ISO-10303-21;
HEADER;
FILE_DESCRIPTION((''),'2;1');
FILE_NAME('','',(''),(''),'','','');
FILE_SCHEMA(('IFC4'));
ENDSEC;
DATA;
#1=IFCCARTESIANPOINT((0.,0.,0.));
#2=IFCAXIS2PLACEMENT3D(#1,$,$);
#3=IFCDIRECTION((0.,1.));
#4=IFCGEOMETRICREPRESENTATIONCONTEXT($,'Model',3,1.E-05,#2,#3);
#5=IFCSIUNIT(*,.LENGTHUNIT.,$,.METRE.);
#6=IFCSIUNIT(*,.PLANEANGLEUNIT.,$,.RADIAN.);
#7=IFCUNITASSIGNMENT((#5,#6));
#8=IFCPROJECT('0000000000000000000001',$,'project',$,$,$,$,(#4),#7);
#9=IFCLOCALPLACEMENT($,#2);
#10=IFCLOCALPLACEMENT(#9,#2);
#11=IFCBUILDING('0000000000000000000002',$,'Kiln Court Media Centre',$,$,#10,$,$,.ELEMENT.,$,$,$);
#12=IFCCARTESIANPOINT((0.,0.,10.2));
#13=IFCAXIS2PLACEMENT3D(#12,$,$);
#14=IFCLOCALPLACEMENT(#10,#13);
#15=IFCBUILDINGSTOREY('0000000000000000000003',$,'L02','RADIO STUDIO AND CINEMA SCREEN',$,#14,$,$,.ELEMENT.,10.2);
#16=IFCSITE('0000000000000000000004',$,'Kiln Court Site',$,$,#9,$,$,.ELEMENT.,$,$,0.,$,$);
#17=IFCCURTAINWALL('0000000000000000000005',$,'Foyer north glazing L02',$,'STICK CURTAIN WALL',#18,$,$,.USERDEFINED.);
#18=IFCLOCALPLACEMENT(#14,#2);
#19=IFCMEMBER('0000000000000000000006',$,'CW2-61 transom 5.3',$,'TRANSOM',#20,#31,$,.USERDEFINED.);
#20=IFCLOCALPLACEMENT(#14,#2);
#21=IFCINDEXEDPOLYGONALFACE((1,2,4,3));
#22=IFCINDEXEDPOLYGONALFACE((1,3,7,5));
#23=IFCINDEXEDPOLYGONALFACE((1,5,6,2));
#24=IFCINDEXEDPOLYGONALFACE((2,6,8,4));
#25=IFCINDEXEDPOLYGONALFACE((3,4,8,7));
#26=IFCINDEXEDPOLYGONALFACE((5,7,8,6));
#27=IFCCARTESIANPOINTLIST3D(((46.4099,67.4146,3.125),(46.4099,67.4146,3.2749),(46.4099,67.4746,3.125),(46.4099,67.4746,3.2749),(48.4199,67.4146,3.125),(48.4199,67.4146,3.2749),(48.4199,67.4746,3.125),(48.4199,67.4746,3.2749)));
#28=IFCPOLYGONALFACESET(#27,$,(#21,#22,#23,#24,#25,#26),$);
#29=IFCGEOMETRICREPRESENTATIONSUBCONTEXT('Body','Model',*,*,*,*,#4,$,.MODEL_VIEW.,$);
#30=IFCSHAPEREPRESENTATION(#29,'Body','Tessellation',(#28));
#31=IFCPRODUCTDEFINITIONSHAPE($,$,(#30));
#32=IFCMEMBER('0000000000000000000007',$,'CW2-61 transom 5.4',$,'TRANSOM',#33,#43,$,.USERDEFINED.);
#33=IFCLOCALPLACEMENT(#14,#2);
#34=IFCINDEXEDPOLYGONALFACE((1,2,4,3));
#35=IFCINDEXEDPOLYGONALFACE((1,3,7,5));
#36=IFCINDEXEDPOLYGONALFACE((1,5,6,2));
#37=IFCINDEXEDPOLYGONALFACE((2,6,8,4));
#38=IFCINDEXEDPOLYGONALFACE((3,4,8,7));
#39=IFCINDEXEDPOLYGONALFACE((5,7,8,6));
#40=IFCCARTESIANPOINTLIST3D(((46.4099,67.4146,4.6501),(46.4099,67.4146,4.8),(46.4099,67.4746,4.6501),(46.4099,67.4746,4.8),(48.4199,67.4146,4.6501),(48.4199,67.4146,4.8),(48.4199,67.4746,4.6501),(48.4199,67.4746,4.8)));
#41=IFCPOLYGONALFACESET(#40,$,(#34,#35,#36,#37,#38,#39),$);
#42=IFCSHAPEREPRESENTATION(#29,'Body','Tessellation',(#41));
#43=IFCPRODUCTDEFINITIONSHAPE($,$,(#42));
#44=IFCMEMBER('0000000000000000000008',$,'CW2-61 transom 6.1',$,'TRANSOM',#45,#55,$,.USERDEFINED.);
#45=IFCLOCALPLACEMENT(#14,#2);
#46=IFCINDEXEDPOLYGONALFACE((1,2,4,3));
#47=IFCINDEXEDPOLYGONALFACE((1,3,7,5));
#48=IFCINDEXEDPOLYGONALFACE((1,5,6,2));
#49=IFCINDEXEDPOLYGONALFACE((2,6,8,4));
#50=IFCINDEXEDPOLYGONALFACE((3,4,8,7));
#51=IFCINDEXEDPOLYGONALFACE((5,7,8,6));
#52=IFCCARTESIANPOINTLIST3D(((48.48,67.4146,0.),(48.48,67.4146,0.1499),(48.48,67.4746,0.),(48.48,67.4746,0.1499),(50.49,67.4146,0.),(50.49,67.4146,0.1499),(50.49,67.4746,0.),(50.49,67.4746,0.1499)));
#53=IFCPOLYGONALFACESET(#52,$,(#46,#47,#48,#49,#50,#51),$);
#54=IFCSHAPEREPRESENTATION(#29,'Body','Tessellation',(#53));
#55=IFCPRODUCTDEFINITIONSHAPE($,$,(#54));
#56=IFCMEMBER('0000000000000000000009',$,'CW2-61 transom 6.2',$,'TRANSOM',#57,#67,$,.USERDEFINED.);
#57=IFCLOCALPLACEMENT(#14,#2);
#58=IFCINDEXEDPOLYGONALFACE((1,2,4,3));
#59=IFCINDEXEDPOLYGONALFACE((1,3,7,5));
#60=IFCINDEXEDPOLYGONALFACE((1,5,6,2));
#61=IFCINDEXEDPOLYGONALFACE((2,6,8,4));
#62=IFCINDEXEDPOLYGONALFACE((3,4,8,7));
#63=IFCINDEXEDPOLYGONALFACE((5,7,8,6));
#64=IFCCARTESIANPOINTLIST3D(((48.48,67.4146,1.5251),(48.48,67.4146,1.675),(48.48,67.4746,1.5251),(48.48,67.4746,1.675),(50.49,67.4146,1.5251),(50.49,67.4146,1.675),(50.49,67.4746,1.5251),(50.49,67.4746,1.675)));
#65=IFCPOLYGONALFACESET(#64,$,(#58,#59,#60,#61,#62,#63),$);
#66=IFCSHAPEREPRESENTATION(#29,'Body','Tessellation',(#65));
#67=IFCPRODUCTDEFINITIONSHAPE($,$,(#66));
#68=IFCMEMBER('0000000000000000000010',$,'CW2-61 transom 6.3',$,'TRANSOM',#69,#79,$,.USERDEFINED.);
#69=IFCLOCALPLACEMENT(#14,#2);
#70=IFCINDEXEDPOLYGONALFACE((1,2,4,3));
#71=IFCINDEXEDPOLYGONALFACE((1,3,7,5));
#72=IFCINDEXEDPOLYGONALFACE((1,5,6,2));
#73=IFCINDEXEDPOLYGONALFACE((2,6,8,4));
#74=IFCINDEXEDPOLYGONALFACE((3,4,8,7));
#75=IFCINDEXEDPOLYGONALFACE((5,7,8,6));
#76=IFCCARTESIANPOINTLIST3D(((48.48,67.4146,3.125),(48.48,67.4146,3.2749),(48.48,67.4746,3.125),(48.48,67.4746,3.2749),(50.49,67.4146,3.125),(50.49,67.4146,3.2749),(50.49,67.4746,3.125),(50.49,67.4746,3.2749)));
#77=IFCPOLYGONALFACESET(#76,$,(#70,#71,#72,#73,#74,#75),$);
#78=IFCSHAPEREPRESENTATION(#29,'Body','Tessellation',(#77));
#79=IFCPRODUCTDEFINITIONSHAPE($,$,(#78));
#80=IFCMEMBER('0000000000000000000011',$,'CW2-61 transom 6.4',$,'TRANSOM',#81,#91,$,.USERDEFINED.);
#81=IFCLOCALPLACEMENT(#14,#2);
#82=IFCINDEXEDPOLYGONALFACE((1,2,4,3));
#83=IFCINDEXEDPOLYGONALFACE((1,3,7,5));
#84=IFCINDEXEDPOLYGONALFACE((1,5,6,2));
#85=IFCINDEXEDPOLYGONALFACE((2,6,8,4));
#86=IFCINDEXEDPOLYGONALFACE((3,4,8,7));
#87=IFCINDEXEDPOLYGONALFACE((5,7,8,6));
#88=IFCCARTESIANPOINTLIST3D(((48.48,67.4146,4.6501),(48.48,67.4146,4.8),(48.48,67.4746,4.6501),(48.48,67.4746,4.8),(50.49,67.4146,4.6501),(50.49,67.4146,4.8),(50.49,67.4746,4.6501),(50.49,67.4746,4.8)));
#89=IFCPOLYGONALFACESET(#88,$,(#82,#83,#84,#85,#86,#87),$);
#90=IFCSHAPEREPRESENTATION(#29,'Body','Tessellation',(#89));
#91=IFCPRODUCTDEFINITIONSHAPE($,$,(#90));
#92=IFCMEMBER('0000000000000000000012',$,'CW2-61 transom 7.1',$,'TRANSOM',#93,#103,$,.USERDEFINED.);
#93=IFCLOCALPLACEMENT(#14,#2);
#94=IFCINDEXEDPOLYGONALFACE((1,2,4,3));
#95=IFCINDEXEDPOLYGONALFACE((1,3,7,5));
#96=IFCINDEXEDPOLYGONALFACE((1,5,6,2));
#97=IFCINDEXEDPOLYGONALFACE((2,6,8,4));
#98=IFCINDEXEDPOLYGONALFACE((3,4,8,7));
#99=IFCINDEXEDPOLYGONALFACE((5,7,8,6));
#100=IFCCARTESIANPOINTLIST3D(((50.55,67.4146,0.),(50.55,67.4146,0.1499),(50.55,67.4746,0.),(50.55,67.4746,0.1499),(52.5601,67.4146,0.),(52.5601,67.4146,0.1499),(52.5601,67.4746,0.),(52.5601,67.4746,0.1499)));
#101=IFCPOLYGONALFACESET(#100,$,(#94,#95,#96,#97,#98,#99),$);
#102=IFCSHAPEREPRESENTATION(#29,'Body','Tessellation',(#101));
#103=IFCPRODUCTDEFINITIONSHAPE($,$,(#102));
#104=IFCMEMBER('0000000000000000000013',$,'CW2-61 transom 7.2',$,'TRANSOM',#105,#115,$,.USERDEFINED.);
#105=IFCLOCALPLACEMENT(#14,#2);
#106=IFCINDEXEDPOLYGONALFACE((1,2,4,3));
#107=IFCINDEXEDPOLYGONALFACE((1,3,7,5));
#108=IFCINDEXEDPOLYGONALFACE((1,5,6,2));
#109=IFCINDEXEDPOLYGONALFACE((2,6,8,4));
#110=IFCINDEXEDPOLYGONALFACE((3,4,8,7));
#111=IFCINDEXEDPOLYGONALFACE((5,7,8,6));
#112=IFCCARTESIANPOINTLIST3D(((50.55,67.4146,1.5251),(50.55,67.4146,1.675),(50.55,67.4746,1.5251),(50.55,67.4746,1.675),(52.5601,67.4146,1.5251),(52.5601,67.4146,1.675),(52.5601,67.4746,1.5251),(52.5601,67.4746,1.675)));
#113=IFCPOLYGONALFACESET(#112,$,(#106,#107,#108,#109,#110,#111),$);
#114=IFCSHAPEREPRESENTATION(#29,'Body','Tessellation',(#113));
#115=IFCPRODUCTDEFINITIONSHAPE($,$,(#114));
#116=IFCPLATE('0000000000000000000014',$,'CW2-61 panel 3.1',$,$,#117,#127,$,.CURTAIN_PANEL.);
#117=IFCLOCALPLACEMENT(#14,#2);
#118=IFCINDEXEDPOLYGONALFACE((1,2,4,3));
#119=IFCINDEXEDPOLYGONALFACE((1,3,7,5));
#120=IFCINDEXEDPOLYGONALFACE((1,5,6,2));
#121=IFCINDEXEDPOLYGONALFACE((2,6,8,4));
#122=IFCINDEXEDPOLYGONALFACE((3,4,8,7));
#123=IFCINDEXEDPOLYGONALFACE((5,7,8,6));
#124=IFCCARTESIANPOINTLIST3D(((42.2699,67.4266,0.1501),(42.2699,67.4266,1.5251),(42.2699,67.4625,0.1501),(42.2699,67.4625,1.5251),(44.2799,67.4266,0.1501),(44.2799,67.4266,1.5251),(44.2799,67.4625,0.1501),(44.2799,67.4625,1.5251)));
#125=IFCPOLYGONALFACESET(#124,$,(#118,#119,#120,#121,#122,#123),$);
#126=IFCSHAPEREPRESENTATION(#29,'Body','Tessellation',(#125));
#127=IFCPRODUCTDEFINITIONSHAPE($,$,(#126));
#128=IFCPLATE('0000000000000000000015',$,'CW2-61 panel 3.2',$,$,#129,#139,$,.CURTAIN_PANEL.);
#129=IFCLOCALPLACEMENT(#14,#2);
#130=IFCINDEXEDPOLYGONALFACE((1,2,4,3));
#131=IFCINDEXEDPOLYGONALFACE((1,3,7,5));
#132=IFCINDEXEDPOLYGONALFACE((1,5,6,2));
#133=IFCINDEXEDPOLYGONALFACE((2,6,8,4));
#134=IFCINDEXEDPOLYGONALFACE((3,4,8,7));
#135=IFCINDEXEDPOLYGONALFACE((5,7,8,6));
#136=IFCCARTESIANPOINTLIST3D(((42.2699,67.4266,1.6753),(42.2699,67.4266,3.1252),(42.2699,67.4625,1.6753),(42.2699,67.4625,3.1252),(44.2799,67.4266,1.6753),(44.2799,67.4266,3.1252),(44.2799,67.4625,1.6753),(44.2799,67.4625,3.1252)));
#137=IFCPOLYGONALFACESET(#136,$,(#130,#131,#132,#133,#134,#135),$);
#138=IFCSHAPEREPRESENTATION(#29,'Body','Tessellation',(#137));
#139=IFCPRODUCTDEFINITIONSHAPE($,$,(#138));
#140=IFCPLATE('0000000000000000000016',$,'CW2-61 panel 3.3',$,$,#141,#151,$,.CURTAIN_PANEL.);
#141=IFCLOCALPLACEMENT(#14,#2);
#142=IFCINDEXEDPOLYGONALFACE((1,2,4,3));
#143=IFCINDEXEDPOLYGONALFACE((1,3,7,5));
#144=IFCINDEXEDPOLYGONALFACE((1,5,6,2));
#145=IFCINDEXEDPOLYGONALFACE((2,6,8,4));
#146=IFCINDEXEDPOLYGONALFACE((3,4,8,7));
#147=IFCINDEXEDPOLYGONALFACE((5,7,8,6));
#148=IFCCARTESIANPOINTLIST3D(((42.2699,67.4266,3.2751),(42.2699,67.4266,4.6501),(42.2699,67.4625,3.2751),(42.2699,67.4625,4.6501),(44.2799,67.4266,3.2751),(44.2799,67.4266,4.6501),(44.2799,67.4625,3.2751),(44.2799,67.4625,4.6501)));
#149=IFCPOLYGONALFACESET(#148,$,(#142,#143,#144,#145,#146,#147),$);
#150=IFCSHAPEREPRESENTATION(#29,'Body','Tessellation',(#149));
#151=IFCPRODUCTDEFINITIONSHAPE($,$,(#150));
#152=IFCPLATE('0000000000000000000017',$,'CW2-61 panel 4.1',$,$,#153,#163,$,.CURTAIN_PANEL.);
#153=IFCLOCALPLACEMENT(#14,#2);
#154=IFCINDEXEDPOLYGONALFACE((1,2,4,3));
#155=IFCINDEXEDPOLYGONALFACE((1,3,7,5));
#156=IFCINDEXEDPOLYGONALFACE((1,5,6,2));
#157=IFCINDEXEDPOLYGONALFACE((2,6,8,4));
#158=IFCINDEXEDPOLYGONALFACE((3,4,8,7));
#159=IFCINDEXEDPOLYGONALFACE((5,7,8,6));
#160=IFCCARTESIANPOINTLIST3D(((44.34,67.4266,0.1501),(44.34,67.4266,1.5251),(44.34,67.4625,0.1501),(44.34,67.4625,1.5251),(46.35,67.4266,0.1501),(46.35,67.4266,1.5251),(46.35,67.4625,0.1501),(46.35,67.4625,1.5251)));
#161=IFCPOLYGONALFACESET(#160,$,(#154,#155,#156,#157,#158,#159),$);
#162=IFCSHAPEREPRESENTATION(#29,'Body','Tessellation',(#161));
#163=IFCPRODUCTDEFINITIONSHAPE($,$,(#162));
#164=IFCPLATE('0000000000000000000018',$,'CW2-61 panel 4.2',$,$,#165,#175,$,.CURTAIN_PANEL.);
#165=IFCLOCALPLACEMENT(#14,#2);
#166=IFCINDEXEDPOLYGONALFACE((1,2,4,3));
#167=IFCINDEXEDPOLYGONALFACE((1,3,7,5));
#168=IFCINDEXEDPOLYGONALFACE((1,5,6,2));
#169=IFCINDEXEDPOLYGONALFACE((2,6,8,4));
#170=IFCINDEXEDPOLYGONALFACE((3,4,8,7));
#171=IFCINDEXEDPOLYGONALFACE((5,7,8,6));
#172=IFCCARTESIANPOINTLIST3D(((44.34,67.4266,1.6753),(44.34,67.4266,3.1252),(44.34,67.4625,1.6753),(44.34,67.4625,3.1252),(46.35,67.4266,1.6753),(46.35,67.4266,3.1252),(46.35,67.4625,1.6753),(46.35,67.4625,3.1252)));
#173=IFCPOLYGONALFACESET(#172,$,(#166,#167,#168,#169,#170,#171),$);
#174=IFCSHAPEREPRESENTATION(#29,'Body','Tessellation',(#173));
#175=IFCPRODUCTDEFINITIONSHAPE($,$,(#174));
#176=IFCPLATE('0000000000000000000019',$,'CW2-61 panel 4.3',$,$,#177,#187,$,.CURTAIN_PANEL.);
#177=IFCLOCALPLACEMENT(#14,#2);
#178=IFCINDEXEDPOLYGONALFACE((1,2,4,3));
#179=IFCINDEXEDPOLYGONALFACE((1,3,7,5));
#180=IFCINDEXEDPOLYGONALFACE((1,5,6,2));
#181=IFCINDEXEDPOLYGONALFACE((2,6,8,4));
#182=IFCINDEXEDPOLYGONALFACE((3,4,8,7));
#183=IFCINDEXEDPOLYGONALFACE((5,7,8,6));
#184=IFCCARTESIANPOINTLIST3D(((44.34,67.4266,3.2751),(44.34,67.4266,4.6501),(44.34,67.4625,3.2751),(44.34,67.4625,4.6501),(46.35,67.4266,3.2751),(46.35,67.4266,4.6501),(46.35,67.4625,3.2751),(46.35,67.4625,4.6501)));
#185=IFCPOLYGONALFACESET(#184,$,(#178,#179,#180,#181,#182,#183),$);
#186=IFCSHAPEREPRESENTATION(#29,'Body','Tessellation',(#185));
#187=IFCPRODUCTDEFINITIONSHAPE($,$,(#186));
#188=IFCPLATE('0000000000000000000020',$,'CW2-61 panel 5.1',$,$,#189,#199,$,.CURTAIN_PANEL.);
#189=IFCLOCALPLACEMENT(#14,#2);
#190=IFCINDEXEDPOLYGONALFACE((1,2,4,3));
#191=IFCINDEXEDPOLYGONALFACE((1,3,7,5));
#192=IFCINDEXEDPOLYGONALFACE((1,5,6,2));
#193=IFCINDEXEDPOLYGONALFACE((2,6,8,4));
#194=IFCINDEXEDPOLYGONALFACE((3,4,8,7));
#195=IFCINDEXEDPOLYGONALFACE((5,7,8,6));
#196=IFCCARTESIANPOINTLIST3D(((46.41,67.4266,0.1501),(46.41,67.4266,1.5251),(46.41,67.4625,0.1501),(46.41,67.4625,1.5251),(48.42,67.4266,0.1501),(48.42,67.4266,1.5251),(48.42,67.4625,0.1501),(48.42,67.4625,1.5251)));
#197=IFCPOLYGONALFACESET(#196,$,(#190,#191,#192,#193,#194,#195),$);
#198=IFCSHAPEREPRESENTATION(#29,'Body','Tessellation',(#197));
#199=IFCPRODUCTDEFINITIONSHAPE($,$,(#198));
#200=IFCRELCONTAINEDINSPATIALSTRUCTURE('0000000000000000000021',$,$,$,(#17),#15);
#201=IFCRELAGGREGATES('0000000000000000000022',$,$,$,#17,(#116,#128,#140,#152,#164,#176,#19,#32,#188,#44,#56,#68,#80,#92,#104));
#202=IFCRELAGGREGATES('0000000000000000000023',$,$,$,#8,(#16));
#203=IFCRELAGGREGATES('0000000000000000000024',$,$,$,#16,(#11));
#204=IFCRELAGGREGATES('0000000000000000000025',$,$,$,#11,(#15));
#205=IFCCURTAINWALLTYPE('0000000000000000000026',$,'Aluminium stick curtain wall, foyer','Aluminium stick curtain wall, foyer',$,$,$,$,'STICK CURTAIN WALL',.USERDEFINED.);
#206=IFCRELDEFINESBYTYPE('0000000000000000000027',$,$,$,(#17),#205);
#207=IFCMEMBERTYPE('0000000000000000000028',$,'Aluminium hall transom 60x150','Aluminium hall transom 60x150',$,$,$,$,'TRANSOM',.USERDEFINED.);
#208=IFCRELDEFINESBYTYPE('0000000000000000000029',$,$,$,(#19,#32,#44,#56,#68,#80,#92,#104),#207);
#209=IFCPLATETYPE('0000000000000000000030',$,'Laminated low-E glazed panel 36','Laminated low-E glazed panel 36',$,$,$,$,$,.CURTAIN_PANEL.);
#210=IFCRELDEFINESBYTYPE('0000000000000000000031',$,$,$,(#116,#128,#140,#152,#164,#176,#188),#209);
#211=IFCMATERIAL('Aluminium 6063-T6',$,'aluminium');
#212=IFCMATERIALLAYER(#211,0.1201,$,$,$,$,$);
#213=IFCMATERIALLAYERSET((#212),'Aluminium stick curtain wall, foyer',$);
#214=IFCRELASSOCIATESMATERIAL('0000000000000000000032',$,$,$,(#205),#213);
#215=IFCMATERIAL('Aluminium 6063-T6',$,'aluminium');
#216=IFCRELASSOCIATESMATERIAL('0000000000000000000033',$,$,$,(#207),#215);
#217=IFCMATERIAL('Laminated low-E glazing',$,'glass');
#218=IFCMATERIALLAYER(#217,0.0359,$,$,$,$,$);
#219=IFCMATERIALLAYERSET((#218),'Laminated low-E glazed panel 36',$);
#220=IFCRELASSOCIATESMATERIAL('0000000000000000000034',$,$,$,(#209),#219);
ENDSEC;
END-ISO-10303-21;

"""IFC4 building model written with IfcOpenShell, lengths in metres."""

from ifc_helpers import new_model, si_unit, direction, frame, origin, origin_2d, place, context, subcontext, project, spatial, rectangle, extrude, material, layer, layer_set, material_profile, profile_set, type_object, element, aggregate, save


model = new_model("IFC4")

# Units and contexts
model_context = context("Model", 3, precision=1e-05, world=origin(), true_north=direction((0.0, 1.0)))
body_context = subcontext(model_context, "Body", "Model", "MODEL_VIEW")
ifc_project = project(units=[si_unit("LENGTHUNIT", "METRE"), si_unit("PLANEANGLEUNIT", "RADIAN")], contexts=[model_context])

# Site, building, storey
site_placement = place(None, origin())
site = spatial("IfcSite", under=ifc_project, at=site_placement, Name="Kiln Court Site", CompositionType="ELEMENT", RefElevation=0.0)
building_placement = place(site_placement, origin())
building = spatial("IfcBuilding", under=site, at=building_placement, Name="Kiln Court Media Centre", CompositionType="ELEMENT")
storey_placement = place(building_placement, frame((0.0, 0.0, 10.2)))
storey = spatial("IfcBuildingStorey", under=building, at=storey_placement, Name="L02", Description="RADIO STUDIO AND CINEMA SCREEN", CompositionType="ELEMENT", Elevation=10.2)

# Curtain wall, members, plates
ifc_material_1 = material(Name="Aluminium 6063-T6", Category="aluminium")
ifc_layer_1 = layer(ifc_material_1, 0.1201)
ifc_layer_set_1 = layer_set([ifc_layer_1], Name="Aluminium stick curtain wall, foyer")
curtain_wall_type = type_object("IfcCurtainWallType", Name="Aluminium stick curtain wall, foyer", Description="Aluminium stick curtain wall, foyer", ElementType="STICK CURTAIN WALL", PredefinedType="USERDEFINED", material=ifc_layer_set_1)
curtain_wall_placement = place(storey_placement, origin())
curtain_wall = element("IfcCurtainWall", 1, at=curtain_wall_placement, inside=storey, type_object=curtain_wall_type, Name="Foyer north glazing L02", ObjectType="STICK CURTAIN WALL", PredefinedType="USERDEFINED")
ifc_material_2 = material(Name="Aluminium 6063-T6", Category="aluminium")
ifc_material_profile_1 = material_profile(ifc_material_2, rectangle(XDim=0.0601, YDim=0.1499, at=origin_2d()), Name="Aluminium hall transom 60x150")
ifc_profile_set_1 = profile_set([ifc_material_profile_1], Name="Aluminium 6063-T6")
member_type_1 = type_object("IfcMemberType", Name="Aluminium hall transom 60x150", Description="Aluminium hall transom 60x150", ElementType="TRANSOM", PredefinedType="USERDEFINED", material=ifc_profile_set_1)
member_1_placement = place(storey_placement, frame((46.4099, 67.4446, 3.2), z_axis=(1.0, 0.0, 0.0), x_axis=(0.0, 1.0, 0.0)))
member_1 = element("IfcMember", 2, at=member_1_placement, type_object=member_type_1, Name="CW2-61 transom 5.3", ObjectType="TRANSOM", PredefinedType="USERDEFINED", context=body_context, shape_type="SweptSolid", body=[
    extrude(rectangle(XDim=0.0601, YDim=0.1499, at=origin_2d()), origin(), (0.0, 0.0, 1.0), 2.01),
])
member_2_placement = place(storey_placement, frame((46.4099, 67.4446, 4.7251), z_axis=(1.0, 0.0, 0.0), x_axis=(0.0, 1.0, 0.0)))
member_2 = element("IfcMember", 3, at=member_2_placement, type_object=member_type_1, Name="CW2-61 transom 5.4", ObjectType="TRANSOM", PredefinedType="USERDEFINED", context=body_context, shape_type="SweptSolid", body=[
    extrude(rectangle(XDim=0.0601, YDim=0.1499, at=origin_2d()), origin(), (0.0, 0.0, 1.0), 2.01),
])
member_3_placement = place(storey_placement, frame((48.48, 67.4446, 0.075), z_axis=(1.0, 0.0, 0.0), x_axis=(0.0, 1.0, 0.0)))
member_3 = element("IfcMember", 4, at=member_3_placement, type_object=member_type_1, Name="CW2-61 transom 6.1", ObjectType="TRANSOM", PredefinedType="USERDEFINED", context=body_context, shape_type="SweptSolid", body=[
    extrude(rectangle(XDim=0.0601, YDim=0.1499, at=origin_2d()), origin(), (0.0, 0.0, 1.0), 2.01),
])
member_4_placement = place(storey_placement, frame((48.48, 67.4446, 1.6001), z_axis=(1.0, 0.0, 0.0), x_axis=(0.0, 1.0, 0.0)))
member_4 = element("IfcMember", 5, at=member_4_placement, type_object=member_type_1, Name="CW2-61 transom 6.2", ObjectType="TRANSOM", PredefinedType="USERDEFINED", context=body_context, shape_type="SweptSolid", body=[
    extrude(rectangle(XDim=0.0601, YDim=0.1499, at=origin_2d()), origin(), (0.0, 0.0, 1.0), 2.01),
])
member_5_placement = place(storey_placement, frame((48.48, 67.4446, 3.2), z_axis=(1.0, 0.0, 0.0), x_axis=(0.0, 1.0, 0.0)))
member_5 = element("IfcMember", 6, at=member_5_placement, type_object=member_type_1, Name="CW2-61 transom 6.3", ObjectType="TRANSOM", PredefinedType="USERDEFINED", context=body_context, shape_type="SweptSolid", body=[
    extrude(rectangle(XDim=0.0601, YDim=0.1499, at=origin_2d()), origin(), (0.0, 0.0, 1.0), 2.01),
])
member_6_placement = place(storey_placement, frame((48.48, 67.4446, 4.7251), z_axis=(1.0, 0.0, 0.0), x_axis=(0.0, 1.0, 0.0)))
member_6 = element("IfcMember", 7, at=member_6_placement, type_object=member_type_1, Name="CW2-61 transom 6.4", ObjectType="TRANSOM", PredefinedType="USERDEFINED", context=body_context, shape_type="SweptSolid", body=[
    extrude(rectangle(XDim=0.0601, YDim=0.1499, at=origin_2d()), origin(), (0.0, 0.0, 1.0), 2.01),
])
member_7_placement = place(storey_placement, frame((50.55, 67.4446, 0.075), z_axis=(1.0, 0.0, 0.0), x_axis=(0.0, 1.0, 0.0)))
member_7 = element("IfcMember", 8, at=member_7_placement, type_object=member_type_1, Name="CW2-61 transom 7.1", ObjectType="TRANSOM", PredefinedType="USERDEFINED", context=body_context, shape_type="SweptSolid", body=[
    extrude(rectangle(XDim=0.0601, YDim=0.1499, at=origin_2d()), origin(), (0.0, 0.0, 1.0), 2.01),
])
member_8_placement = place(storey_placement, frame((50.55, 67.4446, 1.6001), z_axis=(1.0, 0.0, 0.0), x_axis=(0.0, 1.0, 0.0)))
member_8 = element("IfcMember", 9, at=member_8_placement, type_object=member_type_1, Name="CW2-61 transom 7.2", ObjectType="TRANSOM", PredefinedType="USERDEFINED", context=body_context, shape_type="SweptSolid", body=[
    extrude(rectangle(XDim=0.0601, YDim=0.1499, at=origin_2d()), origin(), (0.0, 0.0, 1.0), 2.01),
])
ifc_material_3 = material(Name="Laminated low-E glazing", Category="glass")
ifc_layer_2 = layer(ifc_material_3, 0.0359)
ifc_layer_set_2 = layer_set([ifc_layer_2], Name="Laminated low-E glazed panel 36")
plate_type = type_object("IfcPlateType", Name="Laminated low-E glazed panel 36", Description="Laminated low-E glazed panel 36", PredefinedType="CURTAIN_PANEL", material=ifc_layer_set_2)
plate_1_placement = place(storey_placement, frame((43.2749, 67.4446, 0.1501), z_axis=(0.0, 0.0, 1.0), x_axis=(1.0, 0.0, 0.0)))
plate_1 = element("IfcPlate", 10, at=plate_1_placement, type_object=plate_type, Name="CW2-61 panel 3.1", PredefinedType="CURTAIN_PANEL", context=body_context, shape_type="SweptSolid", body=[
    extrude(rectangle(XDim=2.01, YDim=0.0359, at=origin_2d()), origin(), (0.0, 0.0, 1.0), 1.375),
])
plate_2_placement = place(storey_placement, frame((43.2749, 67.4446, 1.6753), z_axis=(0.0, 0.0, 1.0), x_axis=(1.0, 0.0, 0.0)))
plate_2 = element("IfcPlate", 11, at=plate_2_placement, type_object=plate_type, Name="CW2-61 panel 3.2", PredefinedType="CURTAIN_PANEL", context=body_context, shape_type="SweptSolid", body=[
    extrude(rectangle(XDim=2.01, YDim=0.0359, at=origin_2d()), origin(), (0.0, 0.0, 1.0), 1.45),
])
plate_3_placement = place(storey_placement, frame((43.2749, 67.4446, 3.2751), z_axis=(0.0, 0.0, 1.0), x_axis=(1.0, 0.0, 0.0)))
plate_3 = element("IfcPlate", 12, at=plate_3_placement, type_object=plate_type, Name="CW2-61 panel 3.3", PredefinedType="CURTAIN_PANEL", context=body_context, shape_type="SweptSolid", body=[
    extrude(rectangle(XDim=2.01, YDim=0.0359, at=origin_2d()), origin(), (0.0, 0.0, 1.0), 1.375),
])
plate_4_placement = place(storey_placement, frame((45.345, 67.4446, 0.1501), z_axis=(0.0, 0.0, 1.0), x_axis=(1.0, 0.0, 0.0)))
plate_4 = element("IfcPlate", 13, at=plate_4_placement, type_object=plate_type, Name="CW2-61 panel 4.1", PredefinedType="CURTAIN_PANEL", context=body_context, shape_type="SweptSolid", body=[
    extrude(rectangle(XDim=2.01, YDim=0.0359, at=origin_2d()), origin(), (0.0, 0.0, 1.0), 1.375),
])
plate_5_placement = place(storey_placement, frame((45.345, 67.4446, 1.6753), z_axis=(0.0, 0.0, 1.0), x_axis=(1.0, 0.0, 0.0)))
plate_5 = element("IfcPlate", 14, at=plate_5_placement, type_object=plate_type, Name="CW2-61 panel 4.2", PredefinedType="CURTAIN_PANEL", context=body_context, shape_type="SweptSolid", body=[
    extrude(rectangle(XDim=2.01, YDim=0.0359, at=origin_2d()), origin(), (0.0, 0.0, 1.0), 1.45),
])
plate_6_placement = place(storey_placement, frame((45.345, 67.4446, 3.2751), z_axis=(0.0, 0.0, 1.0), x_axis=(1.0, 0.0, 0.0)))
plate_6 = element("IfcPlate", 15, at=plate_6_placement, type_object=plate_type, Name="CW2-61 panel 4.3", PredefinedType="CURTAIN_PANEL", context=body_context, shape_type="SweptSolid", body=[
    extrude(rectangle(XDim=2.01, YDim=0.0359, at=origin_2d()), origin(), (0.0, 0.0, 1.0), 1.375),
])
plate_7_placement = place(storey_placement, frame((47.415, 67.4446, 0.1501), z_axis=(0.0, 0.0, 1.0), x_axis=(1.0, 0.0, 0.0)))
plate_7 = element("IfcPlate", 16, at=plate_7_placement, type_object=plate_type, Name="CW2-61 panel 5.1", PredefinedType="CURTAIN_PANEL", context=body_context, shape_type="SweptSolid", body=[
    extrude(rectangle(XDim=2.01, YDim=0.0359, at=origin_2d()), origin(), (0.0, 0.0, 1.0), 1.375),
])
aggregate(curtain_wall, [plate_1, plate_2, plate_3, plate_4, plate_5, plate_6, member_1, member_2, plate_7, member_3, member_4, member_5, member_6, member_7, member_8])

save(model, "model.ifc")
